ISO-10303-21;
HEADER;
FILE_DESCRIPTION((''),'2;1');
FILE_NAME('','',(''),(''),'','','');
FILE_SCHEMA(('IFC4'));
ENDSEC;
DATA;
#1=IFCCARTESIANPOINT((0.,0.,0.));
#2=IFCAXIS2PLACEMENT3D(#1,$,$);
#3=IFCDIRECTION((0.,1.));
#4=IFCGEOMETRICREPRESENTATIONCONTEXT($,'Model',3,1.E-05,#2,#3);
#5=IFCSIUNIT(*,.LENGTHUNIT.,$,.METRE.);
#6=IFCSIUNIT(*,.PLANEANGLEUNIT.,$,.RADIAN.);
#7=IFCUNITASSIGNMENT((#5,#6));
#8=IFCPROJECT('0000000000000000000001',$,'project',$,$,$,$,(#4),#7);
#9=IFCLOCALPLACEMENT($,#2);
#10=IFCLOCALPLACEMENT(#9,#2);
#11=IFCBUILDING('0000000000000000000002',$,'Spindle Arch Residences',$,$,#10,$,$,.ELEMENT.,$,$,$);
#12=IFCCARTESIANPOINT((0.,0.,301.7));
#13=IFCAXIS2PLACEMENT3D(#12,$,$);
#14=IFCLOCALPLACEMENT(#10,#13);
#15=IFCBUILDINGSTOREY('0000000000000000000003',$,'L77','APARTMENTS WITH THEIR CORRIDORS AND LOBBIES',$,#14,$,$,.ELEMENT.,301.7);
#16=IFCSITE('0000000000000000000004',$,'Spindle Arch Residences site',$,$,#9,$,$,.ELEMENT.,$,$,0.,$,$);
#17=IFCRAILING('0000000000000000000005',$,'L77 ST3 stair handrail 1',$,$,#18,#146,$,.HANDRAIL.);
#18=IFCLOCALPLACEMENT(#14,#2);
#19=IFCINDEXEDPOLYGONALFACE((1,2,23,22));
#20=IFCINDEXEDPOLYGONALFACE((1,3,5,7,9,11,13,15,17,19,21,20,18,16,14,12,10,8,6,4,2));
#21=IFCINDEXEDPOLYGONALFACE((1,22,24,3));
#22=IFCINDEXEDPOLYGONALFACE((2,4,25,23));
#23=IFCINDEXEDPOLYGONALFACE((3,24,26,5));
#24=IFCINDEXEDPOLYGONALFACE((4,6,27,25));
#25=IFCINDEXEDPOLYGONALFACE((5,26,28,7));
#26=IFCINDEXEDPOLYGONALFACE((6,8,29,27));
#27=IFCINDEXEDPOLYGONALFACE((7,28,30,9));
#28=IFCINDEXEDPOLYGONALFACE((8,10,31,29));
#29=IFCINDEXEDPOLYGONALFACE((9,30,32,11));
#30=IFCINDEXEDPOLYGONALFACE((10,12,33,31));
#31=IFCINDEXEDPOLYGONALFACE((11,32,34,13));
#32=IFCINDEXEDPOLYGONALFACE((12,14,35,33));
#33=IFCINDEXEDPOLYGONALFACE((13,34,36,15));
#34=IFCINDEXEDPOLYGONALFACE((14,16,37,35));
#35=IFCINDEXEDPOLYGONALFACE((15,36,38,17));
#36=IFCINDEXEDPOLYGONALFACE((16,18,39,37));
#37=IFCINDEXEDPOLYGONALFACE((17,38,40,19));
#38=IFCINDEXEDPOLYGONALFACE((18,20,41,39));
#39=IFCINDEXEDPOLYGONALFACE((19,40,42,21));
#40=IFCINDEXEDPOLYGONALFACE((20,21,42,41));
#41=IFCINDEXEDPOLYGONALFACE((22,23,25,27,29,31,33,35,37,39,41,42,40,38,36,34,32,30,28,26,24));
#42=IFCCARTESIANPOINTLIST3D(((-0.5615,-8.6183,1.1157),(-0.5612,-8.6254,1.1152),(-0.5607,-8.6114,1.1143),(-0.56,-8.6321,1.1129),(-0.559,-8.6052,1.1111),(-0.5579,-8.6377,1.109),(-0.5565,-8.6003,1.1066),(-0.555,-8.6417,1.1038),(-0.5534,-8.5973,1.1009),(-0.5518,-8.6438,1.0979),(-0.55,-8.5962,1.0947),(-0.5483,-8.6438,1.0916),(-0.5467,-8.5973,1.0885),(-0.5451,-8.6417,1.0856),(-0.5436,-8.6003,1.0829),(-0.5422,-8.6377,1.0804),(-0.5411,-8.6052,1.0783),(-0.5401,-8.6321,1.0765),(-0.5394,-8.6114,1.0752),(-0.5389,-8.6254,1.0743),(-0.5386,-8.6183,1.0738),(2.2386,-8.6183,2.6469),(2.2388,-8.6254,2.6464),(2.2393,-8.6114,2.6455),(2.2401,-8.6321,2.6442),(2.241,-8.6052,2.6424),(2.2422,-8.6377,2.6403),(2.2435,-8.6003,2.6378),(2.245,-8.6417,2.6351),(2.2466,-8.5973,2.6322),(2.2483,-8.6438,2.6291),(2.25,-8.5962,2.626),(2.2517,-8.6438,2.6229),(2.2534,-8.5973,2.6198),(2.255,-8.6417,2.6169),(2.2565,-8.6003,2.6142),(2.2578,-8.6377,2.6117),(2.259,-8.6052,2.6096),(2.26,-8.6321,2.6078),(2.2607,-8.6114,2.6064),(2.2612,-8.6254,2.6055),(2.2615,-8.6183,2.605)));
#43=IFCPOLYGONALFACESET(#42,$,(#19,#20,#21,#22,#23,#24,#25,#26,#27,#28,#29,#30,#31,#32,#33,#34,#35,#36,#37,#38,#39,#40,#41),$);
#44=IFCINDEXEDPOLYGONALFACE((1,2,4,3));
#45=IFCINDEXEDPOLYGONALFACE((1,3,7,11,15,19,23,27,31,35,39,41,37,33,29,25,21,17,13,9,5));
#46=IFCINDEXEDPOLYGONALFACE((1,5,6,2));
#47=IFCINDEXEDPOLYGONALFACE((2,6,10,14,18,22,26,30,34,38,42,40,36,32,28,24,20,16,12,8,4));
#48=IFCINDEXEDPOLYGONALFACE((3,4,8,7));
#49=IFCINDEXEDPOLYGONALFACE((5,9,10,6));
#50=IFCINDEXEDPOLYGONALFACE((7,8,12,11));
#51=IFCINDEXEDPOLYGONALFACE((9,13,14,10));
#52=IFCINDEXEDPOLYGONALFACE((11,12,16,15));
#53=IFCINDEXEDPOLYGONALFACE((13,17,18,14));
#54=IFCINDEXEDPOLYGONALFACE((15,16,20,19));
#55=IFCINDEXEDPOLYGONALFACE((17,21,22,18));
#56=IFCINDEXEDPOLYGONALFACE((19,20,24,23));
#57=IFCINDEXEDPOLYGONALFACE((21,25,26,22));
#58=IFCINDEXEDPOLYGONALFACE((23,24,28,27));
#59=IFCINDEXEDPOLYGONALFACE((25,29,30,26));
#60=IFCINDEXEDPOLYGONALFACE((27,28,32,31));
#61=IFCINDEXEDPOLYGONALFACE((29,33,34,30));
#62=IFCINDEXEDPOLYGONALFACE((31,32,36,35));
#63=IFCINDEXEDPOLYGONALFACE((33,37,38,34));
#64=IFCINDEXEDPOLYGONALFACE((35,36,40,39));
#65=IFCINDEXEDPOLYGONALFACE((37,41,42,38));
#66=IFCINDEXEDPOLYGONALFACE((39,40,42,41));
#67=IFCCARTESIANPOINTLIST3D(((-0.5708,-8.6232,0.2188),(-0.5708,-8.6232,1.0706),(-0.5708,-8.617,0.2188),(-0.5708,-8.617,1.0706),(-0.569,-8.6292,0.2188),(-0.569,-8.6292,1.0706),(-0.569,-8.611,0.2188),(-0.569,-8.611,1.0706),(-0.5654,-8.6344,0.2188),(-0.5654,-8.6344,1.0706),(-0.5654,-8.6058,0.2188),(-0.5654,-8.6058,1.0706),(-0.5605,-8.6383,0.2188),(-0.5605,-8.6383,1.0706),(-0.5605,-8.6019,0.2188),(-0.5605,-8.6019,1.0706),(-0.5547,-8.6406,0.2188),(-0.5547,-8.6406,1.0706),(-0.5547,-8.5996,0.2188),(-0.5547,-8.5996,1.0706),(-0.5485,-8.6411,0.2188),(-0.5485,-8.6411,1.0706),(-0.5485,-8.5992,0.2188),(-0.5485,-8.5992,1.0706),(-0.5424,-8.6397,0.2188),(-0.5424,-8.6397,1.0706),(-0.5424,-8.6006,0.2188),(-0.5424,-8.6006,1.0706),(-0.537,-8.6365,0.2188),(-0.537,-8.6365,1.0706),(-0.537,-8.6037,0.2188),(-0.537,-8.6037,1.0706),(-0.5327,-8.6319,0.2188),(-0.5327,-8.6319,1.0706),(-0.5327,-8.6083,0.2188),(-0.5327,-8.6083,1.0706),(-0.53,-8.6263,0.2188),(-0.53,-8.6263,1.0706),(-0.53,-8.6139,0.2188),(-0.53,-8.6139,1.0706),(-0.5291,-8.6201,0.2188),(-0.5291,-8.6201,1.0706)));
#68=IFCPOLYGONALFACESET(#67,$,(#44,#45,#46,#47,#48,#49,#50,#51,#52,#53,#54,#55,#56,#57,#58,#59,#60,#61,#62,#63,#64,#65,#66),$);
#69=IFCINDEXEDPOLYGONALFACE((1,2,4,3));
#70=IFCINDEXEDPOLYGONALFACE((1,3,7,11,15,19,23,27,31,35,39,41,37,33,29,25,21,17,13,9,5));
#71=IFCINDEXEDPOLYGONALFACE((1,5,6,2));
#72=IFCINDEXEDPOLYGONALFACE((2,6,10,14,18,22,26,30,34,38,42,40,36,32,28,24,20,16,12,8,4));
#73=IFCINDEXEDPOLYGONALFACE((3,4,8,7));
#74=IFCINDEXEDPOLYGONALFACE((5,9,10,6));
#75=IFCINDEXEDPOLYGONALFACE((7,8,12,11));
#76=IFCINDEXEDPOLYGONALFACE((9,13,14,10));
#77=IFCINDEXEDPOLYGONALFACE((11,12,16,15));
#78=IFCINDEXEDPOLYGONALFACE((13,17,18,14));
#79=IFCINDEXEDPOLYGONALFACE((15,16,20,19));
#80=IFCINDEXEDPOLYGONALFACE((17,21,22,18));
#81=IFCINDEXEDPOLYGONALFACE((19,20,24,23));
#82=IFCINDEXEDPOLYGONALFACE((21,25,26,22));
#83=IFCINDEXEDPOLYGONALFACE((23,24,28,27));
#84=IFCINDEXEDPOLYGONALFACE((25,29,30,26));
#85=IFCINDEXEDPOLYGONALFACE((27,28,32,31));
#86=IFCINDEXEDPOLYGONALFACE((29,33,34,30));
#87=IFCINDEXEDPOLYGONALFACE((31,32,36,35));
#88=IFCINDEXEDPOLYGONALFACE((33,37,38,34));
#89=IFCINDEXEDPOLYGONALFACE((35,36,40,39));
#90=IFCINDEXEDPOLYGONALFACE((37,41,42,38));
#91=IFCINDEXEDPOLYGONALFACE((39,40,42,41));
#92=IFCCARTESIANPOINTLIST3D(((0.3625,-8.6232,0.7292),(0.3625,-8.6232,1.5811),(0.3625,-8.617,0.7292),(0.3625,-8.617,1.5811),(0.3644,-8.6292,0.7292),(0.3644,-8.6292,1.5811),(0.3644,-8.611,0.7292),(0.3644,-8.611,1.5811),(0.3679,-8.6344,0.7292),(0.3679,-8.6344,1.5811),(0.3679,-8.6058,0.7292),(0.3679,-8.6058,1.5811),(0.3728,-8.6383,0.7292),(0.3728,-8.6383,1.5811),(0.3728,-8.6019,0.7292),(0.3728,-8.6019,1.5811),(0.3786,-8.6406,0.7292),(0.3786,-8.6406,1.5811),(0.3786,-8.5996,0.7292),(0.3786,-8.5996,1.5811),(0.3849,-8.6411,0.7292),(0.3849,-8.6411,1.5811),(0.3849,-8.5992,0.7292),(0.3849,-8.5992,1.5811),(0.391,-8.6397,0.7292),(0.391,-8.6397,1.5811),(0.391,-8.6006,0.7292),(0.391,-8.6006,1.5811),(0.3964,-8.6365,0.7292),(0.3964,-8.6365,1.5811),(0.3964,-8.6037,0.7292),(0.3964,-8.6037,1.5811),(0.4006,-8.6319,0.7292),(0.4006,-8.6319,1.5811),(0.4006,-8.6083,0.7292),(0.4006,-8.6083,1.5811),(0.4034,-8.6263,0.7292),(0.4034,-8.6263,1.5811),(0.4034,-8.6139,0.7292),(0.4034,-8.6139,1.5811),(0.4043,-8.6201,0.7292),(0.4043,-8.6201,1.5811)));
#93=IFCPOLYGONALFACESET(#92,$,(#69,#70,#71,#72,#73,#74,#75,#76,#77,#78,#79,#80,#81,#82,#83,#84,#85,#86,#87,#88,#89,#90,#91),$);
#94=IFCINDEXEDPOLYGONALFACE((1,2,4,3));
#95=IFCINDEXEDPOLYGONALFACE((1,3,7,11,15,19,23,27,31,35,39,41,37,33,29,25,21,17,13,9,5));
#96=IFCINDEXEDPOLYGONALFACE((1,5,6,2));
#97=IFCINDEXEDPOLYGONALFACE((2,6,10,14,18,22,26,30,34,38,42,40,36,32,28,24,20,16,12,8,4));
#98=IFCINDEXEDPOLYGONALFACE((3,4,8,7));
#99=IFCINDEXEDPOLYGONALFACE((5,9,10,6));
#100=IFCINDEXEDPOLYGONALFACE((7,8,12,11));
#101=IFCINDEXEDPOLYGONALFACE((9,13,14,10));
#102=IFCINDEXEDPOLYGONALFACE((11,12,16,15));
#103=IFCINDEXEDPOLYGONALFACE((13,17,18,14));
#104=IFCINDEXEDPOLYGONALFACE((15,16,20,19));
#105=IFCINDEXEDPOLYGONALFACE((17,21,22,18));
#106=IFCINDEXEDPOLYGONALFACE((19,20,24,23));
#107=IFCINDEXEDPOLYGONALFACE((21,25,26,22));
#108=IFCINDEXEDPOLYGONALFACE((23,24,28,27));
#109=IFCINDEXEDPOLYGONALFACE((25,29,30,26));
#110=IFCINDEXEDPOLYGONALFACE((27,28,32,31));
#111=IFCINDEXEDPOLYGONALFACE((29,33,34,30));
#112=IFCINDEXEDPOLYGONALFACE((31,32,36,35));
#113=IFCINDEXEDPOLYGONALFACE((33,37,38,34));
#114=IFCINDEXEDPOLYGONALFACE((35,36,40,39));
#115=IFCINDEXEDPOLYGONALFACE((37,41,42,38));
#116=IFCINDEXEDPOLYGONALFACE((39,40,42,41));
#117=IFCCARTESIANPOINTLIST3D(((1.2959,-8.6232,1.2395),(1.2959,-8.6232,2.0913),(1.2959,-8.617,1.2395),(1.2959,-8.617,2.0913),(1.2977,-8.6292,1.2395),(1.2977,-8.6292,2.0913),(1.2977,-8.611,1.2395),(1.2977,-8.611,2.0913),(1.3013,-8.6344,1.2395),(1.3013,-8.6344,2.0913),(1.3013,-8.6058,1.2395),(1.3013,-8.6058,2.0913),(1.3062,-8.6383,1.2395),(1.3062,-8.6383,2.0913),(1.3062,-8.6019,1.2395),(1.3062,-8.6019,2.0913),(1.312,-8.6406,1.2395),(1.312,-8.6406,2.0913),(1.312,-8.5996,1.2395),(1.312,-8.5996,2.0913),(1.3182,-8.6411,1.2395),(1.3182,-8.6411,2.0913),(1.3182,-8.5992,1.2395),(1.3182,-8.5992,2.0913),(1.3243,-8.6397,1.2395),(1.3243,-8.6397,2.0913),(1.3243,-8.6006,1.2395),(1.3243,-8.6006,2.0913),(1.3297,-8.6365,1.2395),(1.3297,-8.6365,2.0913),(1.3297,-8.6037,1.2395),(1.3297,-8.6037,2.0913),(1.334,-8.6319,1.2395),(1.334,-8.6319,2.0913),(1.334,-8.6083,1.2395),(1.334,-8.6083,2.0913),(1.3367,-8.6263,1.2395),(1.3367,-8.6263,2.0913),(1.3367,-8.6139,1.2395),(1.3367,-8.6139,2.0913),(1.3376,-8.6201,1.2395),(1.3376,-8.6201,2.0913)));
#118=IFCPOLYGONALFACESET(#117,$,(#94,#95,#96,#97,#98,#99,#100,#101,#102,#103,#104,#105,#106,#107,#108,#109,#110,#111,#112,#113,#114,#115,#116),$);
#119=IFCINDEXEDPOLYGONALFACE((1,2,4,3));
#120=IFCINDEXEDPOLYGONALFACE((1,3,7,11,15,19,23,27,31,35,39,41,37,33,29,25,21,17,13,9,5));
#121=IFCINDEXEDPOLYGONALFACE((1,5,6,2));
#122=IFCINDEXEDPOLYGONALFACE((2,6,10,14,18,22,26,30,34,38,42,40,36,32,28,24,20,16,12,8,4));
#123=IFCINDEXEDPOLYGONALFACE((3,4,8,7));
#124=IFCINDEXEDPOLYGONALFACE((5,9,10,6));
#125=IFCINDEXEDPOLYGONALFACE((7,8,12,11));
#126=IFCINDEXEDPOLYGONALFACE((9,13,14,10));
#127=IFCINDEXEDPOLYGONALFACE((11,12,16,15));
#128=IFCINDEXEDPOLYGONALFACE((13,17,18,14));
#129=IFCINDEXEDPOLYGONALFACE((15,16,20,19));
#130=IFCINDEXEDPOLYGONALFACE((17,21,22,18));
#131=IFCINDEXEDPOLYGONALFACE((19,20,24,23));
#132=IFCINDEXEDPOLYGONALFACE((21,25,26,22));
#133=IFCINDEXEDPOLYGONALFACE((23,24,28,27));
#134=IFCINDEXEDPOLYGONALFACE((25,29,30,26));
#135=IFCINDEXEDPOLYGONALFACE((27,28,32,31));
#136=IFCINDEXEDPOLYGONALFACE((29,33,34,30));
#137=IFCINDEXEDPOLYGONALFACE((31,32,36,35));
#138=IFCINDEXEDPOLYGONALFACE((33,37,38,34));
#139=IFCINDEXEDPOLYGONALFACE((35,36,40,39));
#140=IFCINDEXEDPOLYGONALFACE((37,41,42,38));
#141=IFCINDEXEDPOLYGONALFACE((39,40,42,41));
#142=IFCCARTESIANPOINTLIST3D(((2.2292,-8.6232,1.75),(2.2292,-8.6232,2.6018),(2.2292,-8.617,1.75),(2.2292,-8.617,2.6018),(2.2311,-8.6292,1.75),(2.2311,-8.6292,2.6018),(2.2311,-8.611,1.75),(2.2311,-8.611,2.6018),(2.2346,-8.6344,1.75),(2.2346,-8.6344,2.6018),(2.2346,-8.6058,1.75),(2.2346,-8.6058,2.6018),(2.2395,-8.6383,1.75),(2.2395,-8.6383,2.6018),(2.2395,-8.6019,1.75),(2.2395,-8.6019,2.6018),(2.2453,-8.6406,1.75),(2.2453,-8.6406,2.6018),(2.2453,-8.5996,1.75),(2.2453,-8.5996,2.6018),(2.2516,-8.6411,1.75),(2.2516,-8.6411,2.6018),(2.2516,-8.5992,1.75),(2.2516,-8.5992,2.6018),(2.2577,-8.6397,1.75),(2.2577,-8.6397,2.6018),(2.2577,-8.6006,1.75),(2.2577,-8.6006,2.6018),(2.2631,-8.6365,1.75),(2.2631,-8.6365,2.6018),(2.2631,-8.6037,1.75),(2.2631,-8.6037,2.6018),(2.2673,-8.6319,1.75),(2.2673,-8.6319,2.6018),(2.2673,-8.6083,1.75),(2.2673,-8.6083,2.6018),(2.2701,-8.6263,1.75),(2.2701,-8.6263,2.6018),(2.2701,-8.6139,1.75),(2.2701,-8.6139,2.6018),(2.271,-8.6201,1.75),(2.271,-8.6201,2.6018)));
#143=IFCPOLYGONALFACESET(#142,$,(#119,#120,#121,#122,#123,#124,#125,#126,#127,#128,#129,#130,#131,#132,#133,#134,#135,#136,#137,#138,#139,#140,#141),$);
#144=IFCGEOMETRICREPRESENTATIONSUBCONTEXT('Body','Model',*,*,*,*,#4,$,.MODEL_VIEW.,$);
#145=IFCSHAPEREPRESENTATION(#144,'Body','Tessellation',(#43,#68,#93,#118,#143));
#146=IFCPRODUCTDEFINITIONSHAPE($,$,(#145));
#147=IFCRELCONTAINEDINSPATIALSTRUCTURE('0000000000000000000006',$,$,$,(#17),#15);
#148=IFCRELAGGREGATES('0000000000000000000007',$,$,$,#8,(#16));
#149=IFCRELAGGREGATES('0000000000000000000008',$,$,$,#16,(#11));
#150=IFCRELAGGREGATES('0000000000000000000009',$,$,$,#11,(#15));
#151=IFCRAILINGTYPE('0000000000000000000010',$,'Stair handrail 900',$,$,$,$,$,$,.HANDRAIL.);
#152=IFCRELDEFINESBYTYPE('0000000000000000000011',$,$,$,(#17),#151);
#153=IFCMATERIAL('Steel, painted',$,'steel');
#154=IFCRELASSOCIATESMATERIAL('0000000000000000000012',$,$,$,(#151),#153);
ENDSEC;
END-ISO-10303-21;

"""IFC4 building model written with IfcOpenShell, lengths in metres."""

from ifc_helpers import new_model, si_unit, direction, frame, origin, origin_2d, place, context, subcontext, project, spatial, circle, extrude, material, type_object, element, save


model = new_model("IFC4")

# Units and contexts
model_context = context("Model", 3, precision=1e-05, world=origin(), true_north=direction((0.0, 1.0)))
body_context = subcontext(model_context, "Body", "Model", "MODEL_VIEW")
ifc_project = project(units=[si_unit("LENGTHUNIT", "METRE"), si_unit("PLANEANGLEUNIT", "RADIAN")], contexts=[model_context])

# Site, building, storey
site_placement = place(None, origin())
site = spatial("IfcSite", under=ifc_project, at=site_placement, Name="Spindle Arch Residences site", CompositionType="ELEMENT", RefElevation=0.0)
building_placement = place(site_placement, origin())
building = spatial("IfcBuilding", under=site, at=building_placement, Name="Spindle Arch Residences", CompositionType="ELEMENT")
storey_placement = place(building_placement, frame((0.0, 0.0, 301.7)))
storey = spatial("IfcBuildingStorey", under=building, at=storey_placement, Name="L77", Description="APARTMENTS WITH THEIR CORRIDORS AND LOBBIES", CompositionType="ELEMENT", Elevation=301.7)

# Railing
ifc_material_1 = material(Name="Steel, painted", Category="steel")
railing_type = type_object("IfcRailingType", Name="Stair handrail 900", PredefinedType="HANDRAIL", material=ifc_material_1)
railing_placement = place(storey_placement, frame((-0.55, -8.6201, 0.2188)))
element("IfcRailing", 1, at=railing_placement, inside=storey, type_object=railing_type, Name="L77 ST3 stair handrail 1", PredefinedType="HANDRAIL", context=body_context, shape_type="SweptSolid", body=[
    extrude(circle(Radius=0.0239, at=origin_2d()), frame((0.0, 0.0, 0.876), z_axis=(0.877375, 0.0, 0.479806), x_axis=(0.0, 1.0, 0.0)), (0.0, 0.0, 1.0), 3.1914),
    extrude(circle(Radius=0.021, at=origin_2d()), origin(), (0.0, 0.0, 1.0), 0.8518),
    extrude(circle(Radius=0.021, at=origin_2d()), frame((0.9333, 0.0, 0.5105)), (0.0, 0.0, 1.0), 0.8518),
    extrude(circle(Radius=0.021, at=origin_2d()), frame((1.8667, 0.0, 1.0208)), (0.0, 0.0, 1.0), 0.8518),
    extrude(circle(Radius=0.021, at=origin_2d()), frame((2.8, 0.0, 1.5312)), (0.0, 0.0, 1.0), 0.8518),
])

save(model, "model.ifc")
